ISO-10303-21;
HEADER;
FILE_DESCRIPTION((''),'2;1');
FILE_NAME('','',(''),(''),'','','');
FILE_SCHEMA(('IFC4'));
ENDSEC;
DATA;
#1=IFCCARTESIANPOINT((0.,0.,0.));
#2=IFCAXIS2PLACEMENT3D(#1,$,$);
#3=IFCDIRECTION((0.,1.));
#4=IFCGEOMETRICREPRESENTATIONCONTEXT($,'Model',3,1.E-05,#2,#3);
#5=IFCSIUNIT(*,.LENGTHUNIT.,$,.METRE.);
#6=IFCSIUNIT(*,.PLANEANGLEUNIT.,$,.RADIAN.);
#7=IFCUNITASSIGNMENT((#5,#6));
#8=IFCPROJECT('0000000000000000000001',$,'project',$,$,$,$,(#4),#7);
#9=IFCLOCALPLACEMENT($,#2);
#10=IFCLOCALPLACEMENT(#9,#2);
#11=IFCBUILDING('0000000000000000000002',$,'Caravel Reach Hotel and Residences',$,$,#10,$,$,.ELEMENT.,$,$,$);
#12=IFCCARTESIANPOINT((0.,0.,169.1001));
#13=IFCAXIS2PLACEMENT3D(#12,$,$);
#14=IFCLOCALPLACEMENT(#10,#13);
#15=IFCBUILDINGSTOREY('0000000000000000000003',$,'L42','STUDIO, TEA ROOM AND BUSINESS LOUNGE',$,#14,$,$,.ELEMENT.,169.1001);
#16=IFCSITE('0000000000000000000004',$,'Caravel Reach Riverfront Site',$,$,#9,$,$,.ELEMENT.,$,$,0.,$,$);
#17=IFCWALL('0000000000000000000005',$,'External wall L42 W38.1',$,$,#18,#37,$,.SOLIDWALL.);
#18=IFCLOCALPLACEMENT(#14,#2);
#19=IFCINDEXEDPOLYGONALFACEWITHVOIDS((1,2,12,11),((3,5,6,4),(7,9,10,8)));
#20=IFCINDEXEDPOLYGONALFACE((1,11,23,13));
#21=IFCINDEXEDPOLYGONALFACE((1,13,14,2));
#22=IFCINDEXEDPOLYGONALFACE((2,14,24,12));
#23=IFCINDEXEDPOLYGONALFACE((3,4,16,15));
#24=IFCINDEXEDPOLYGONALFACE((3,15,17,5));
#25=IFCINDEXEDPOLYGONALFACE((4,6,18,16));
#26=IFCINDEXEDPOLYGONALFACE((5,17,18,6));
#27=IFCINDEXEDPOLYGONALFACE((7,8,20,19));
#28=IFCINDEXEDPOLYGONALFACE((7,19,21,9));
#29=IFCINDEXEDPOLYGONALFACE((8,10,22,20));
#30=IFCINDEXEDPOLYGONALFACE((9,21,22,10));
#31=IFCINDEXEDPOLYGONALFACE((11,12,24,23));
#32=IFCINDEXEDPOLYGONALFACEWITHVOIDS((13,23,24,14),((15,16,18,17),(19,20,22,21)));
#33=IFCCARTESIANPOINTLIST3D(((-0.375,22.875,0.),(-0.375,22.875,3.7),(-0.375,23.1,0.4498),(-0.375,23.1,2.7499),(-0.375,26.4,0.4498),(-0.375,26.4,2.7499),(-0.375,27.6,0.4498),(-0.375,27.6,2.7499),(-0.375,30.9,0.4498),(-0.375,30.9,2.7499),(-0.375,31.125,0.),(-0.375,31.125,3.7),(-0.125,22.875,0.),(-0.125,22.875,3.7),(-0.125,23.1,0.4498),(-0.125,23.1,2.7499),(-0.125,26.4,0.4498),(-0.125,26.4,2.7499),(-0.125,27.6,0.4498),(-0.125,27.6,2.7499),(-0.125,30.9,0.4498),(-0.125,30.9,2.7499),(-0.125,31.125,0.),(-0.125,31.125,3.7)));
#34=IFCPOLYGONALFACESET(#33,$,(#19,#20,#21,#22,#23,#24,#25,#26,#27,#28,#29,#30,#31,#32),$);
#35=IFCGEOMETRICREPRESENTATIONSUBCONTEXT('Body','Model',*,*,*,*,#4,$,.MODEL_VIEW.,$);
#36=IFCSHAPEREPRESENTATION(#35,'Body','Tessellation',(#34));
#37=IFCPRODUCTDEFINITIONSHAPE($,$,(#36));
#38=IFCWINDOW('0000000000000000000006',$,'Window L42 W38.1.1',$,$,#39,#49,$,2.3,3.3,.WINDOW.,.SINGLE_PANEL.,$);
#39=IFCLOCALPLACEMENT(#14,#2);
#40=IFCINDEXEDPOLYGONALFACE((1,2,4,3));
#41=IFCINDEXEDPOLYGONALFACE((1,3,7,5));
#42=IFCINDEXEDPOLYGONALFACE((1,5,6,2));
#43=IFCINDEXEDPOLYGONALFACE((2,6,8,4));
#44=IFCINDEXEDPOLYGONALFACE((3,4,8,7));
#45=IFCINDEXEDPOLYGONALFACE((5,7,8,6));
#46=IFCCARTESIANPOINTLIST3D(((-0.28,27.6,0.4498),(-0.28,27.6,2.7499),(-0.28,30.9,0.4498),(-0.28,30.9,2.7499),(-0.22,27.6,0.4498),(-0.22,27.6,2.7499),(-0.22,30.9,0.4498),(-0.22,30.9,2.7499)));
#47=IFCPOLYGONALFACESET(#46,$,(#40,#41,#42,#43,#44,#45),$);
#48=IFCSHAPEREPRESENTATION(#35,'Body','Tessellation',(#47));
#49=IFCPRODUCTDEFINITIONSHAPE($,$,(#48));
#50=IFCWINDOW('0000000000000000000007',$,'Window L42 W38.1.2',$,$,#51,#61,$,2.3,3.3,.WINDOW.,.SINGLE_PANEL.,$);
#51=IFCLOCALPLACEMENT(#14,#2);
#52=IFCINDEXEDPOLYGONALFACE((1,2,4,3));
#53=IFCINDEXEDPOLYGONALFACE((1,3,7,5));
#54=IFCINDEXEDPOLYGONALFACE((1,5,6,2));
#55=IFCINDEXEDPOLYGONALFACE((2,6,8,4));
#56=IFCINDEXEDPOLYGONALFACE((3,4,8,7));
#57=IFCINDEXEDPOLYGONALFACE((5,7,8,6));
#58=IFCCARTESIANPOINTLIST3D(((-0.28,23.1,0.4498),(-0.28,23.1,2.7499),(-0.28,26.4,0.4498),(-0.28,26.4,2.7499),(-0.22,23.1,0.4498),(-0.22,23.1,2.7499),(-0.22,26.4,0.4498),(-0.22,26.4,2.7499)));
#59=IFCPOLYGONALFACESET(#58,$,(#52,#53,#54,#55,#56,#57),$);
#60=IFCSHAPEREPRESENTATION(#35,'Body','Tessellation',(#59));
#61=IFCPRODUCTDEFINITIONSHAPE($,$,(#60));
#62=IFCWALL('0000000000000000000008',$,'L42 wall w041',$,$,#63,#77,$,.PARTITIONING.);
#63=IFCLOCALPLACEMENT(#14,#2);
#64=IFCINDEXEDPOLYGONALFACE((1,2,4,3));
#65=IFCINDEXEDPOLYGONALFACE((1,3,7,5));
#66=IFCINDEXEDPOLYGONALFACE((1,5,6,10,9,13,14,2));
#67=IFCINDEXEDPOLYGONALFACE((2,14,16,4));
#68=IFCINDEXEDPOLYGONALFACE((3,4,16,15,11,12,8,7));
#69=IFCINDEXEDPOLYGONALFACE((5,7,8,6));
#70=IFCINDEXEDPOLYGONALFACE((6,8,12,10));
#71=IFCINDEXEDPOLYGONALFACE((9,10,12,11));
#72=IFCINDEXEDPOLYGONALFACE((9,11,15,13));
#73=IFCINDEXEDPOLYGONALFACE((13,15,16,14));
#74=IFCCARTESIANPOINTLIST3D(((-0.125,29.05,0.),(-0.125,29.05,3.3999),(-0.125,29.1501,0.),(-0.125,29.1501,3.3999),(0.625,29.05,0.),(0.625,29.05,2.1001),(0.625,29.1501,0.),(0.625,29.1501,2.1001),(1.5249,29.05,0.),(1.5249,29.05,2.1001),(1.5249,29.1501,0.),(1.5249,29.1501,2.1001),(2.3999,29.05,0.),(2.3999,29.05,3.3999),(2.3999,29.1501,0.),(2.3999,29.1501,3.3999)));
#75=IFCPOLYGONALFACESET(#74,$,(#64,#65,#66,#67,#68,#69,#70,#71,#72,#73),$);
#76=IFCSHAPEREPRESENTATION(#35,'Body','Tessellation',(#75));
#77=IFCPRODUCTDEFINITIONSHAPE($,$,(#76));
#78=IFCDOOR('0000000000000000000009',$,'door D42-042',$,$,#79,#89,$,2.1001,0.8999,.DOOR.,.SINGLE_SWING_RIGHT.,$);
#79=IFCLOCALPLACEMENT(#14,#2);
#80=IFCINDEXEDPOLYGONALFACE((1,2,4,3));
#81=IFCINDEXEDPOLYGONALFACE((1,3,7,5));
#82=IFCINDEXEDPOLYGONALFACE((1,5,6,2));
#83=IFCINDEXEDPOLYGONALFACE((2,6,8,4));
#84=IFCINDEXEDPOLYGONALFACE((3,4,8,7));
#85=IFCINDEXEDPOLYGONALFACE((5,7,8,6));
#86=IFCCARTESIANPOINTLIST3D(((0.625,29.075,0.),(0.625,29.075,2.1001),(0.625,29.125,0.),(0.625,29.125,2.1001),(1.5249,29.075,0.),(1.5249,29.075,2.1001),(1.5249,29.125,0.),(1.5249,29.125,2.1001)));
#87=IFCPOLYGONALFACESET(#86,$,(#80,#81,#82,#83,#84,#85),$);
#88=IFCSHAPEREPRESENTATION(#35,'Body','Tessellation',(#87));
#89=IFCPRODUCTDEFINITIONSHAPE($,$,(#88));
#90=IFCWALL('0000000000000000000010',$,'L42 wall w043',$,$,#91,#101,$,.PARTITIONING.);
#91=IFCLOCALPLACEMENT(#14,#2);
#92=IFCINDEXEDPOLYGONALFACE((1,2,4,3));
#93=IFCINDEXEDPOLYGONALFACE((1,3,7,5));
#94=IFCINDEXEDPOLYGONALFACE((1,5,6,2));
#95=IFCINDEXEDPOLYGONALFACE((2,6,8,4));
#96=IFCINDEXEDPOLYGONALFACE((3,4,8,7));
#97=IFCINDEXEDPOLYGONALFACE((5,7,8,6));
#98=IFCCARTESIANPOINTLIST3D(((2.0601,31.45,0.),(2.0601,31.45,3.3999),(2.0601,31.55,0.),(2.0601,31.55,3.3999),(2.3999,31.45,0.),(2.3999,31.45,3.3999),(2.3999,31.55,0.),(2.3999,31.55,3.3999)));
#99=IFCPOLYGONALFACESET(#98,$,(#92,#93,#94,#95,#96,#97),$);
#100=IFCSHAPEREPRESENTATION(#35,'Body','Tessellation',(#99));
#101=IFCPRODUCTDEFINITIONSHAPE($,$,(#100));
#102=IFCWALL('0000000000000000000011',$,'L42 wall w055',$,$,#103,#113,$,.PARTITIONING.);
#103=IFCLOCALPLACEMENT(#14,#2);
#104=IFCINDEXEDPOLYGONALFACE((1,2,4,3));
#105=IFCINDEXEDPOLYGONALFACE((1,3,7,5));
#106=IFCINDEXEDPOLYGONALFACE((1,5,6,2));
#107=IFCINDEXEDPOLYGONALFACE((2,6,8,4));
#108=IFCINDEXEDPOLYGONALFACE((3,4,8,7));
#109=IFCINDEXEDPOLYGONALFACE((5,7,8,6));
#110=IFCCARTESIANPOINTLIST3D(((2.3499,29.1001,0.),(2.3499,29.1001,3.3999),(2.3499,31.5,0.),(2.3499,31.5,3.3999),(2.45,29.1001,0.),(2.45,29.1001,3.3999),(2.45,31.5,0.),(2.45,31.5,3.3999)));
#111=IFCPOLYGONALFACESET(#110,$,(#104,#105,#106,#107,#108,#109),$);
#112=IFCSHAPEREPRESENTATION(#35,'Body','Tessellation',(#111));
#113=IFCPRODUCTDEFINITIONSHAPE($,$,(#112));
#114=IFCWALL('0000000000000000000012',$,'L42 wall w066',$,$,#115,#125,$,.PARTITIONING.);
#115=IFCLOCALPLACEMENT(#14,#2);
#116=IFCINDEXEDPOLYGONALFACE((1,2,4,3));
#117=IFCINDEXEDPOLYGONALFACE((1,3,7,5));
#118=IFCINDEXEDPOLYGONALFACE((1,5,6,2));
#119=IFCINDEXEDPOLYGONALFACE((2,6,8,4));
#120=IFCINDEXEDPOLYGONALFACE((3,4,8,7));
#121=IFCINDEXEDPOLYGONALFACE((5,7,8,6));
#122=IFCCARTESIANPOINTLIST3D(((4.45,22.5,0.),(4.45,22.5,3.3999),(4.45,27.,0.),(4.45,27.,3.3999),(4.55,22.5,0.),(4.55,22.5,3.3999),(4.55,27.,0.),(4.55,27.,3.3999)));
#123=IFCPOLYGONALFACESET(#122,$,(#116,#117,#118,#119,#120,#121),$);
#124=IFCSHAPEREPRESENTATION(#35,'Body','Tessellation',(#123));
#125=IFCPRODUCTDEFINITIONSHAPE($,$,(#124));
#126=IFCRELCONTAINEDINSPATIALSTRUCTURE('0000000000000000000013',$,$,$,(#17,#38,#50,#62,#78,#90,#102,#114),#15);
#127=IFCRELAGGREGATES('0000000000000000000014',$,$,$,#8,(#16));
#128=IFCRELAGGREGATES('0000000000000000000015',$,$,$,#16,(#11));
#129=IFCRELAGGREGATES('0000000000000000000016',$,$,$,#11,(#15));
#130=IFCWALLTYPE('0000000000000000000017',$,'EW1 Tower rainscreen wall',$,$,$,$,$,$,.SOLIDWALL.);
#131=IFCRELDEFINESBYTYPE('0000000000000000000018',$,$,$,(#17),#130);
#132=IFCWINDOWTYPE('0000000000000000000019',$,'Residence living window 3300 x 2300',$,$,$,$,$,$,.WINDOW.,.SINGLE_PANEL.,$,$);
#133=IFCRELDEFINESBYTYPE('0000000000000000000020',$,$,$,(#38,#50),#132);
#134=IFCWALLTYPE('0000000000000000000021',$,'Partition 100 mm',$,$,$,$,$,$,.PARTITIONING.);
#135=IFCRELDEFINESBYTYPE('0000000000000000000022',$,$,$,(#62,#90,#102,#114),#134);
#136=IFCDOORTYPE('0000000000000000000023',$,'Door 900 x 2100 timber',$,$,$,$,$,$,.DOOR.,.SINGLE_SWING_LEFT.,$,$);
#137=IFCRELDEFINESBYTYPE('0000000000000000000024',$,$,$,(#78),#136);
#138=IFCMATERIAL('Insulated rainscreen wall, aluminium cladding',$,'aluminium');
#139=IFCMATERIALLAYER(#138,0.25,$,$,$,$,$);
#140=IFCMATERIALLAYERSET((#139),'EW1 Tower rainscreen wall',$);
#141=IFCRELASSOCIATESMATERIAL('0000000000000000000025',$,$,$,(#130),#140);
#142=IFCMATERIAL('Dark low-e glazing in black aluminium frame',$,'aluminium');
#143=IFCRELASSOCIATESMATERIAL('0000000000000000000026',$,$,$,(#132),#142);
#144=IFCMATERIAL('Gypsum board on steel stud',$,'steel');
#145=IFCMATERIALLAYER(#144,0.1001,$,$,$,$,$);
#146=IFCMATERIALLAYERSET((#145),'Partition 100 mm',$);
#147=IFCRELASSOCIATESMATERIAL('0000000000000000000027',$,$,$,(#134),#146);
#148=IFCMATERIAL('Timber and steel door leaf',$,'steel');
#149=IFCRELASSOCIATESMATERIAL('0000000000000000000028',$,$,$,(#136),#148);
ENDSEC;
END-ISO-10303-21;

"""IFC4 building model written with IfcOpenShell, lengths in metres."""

from ifc_helpers import new_model, si_unit, direction, frame, frame_2d, origin, place, context, subcontext, project, spatial, rectangle, extrude, material, layer, layer_set, type_object, element, fill, save


model = new_model("IFC4")

# Units and contexts
model_context = context("Model", 3, precision=1e-05, world=origin(), true_north=direction((0.0, 1.0)))
body_context = subcontext(model_context, "Body", "Model", "MODEL_VIEW")
ifc_project = project(units=[si_unit("LENGTHUNIT", "METRE"), si_unit("PLANEANGLEUNIT", "RADIAN")], contexts=[model_context])

# Site, building, storey
site_placement = place(None, origin())
site = spatial("IfcSite", under=ifc_project, at=site_placement, Name="Caravel Reach Riverfront Site", CompositionType="ELEMENT", RefElevation=0.0)
building_placement = place(site_placement, origin())
building = spatial("IfcBuilding", under=site, at=building_placement, Name="Caravel Reach Hotel and Residences", CompositionType="ELEMENT")
storey_placement = place(building_placement, frame((0.0, 0.0, 169.1001)))
storey = spatial("IfcBuildingStorey", under=building, at=storey_placement, Name="L42", Description="STUDIO, TEA ROOM AND BUSINESS LOUNGE", CompositionType="ELEMENT", Elevation=169.1001)

# Shared definitions
ifc_material_1 = material(Name="Insulated rainscreen wall, aluminium cladding", Category="aluminium")
ifc_layer_1 = layer(ifc_material_1, 0.25)
ifc_layer_set_1 = layer_set([ifc_layer_1], Name="EW1 Tower rainscreen wall")
wall_type_1 = type_object("IfcWallType", Name="EW1 Tower rainscreen wall", PredefinedType="SOLIDWALL", material=ifc_layer_set_1)

# Wall, openings, windows
wall_1_placement = place(storey_placement, frame((-0.25, 31.125, 0.0), z_axis=(0.0, 0.0, 1.0), x_axis=(0.0, -1.0, 0.0)))
wall_1 = element("IfcWall", 1, at=wall_1_placement, inside=storey, type_object=wall_type_1, Name="External wall L42 W38.1", PredefinedType="SOLIDWALL", context=body_context, shape_type="SweptSolid", body=[
    extrude(rectangle(XDim=8.25, YDim=0.25, at=frame_2d((4.125, 0.0))), origin(), (0.0, 0.0, 1.0), 3.7),
])
opening_1_placement = place(wall_1_placement, frame((0.2251, 0.0, 0.45)))
opening_1 = element("IfcOpeningElement", 2, at=opening_1_placement, cuts=wall_1, PredefinedType="OPENING", context=body_context, shape_type="SweptSolid", body=[
    extrude(rectangle(XDim=3.3, YDim=2.3, at=frame_2d((1.6499, 1.1499))), frame((0.0, 0.135, 0.0), z_axis=(0.0, -1.0, 0.0), x_axis=(1.0, 0.0, 0.0)), (0.0, 0.0, 1.0), 0.27),
])
opening_2_placement = place(wall_1_placement, frame((4.7251, 0.0, 0.45)))
opening_2 = element("IfcOpeningElement", 3, at=opening_2_placement, cuts=wall_1, PredefinedType="OPENING", context=body_context, shape_type="SweptSolid", body=[
    extrude(rectangle(XDim=3.3, YDim=2.3, at=frame_2d((1.6499, 1.1499))), frame((0.0, 0.135, 0.0), z_axis=(0.0, -1.0, 0.0), x_axis=(1.0, 0.0, 0.0)), (0.0, 0.0, 1.0), 0.27),
])
ifc_material_2 = material(Name="Dark low-e glazing in black aluminium frame", Category="aluminium")
window_type_1 = type_object("IfcWindowType", Name="Residence living window 3300 x 2300", PartitioningType="SINGLE_PANEL", PredefinedType="WINDOW", material=ifc_material_2)
window_1_placement = place(opening_1_placement, origin())
window_1 = element("IfcWindow", 4, at=window_1_placement, inside=storey, type_object=window_type_1, Name="Window L42 W38.1.1", OverallHeight=2.3, OverallWidth=3.3, PartitioningType="SINGLE_PANEL", PredefinedType="WINDOW", context=body_context, shape_type="SweptSolid", body=[
    extrude(rectangle(XDim=3.3, YDim=2.3, at=frame_2d((1.6499, 1.1499))), frame((0.0, 0.03, 0.0), z_axis=(0.0, -1.0, 0.0), x_axis=(1.0, 0.0, 0.0)), (0.0, 0.0, 1.0), 0.0601),
])
fill(opening_1, window_1)
window_2_placement = place(opening_2_placement, origin())
window_2 = element("IfcWindow", 5, at=window_2_placement, inside=storey, type_object=window_type_1, Name="Window L42 W38.1.2", OverallHeight=2.3, OverallWidth=3.3, PartitioningType="SINGLE_PANEL", PredefinedType="WINDOW", context=body_context, shape_type="SweptSolid", body=[
    extrude(rectangle(XDim=3.3, YDim=2.3, at=frame_2d((1.6499, 1.1499))), frame((0.0, 0.03, 0.0), z_axis=(0.0, -1.0, 0.0), x_axis=(1.0, 0.0, 0.0)), (0.0, 0.0, 1.0), 0.0601),
])
fill(opening_2, window_2)

# Wall, opening, door
ifc_material_3 = material(Name="Gypsum board on steel stud", Category="steel")
ifc_layer_2 = layer(ifc_material_3, 0.1001)
ifc_layer_set_2 = layer_set([ifc_layer_2], Name="Partition 100 mm")
wall_type_2 = type_object("IfcWallType", Name="Partition 100 mm", PredefinedType="PARTITIONING", material=ifc_layer_set_2)
wall_2_placement = place(storey_placement, frame((-0.125, 29.1001, 0.0), z_axis=(0.0, 0.0, 1.0), x_axis=(1.0, 0.0, 0.0)))
wall_2 = element("IfcWall", 6, at=wall_2_placement, inside=storey, type_object=wall_type_2, Name="L42 wall w041", PredefinedType="PARTITIONING", context=body_context, shape_type="SweptSolid", body=[
    extrude(rectangle(XDim=2.5249, YDim=0.1001, at=frame_2d((1.2625, 0.0))), origin(), (0.0, 0.0, 1.0), 3.3999),
])
opening_3_placement = place(wall_2_placement, frame((0.75, 0.0, 0.0)))
opening_3 = element("IfcOpeningElement", 7, at=opening_3_placement, cuts=wall_2, PredefinedType="OPENING", context=body_context, shape_type="SweptSolid", body=[
    extrude(rectangle(XDim=0.8999, YDim=2.1001, at=frame_2d((0.45, 1.05))), frame((0.0, 0.0601, 0.0), z_axis=(0.0, -1.0, 0.0), x_axis=(1.0, 0.0, 0.0)), (0.0, 0.0, 1.0), 0.1201),
])
ifc_material_4 = material(Name="Timber and steel door leaf", Category="steel")
door_type_1 = type_object("IfcDoorType", Name="Door 900 x 2100 timber", OperationType="SINGLE_SWING_LEFT", PredefinedType="DOOR", material=ifc_material_4)
door_1_placement = place(opening_3_placement, origin())
door_1 = element("IfcDoor", 8, at=door_1_placement, inside=storey, type_object=door_type_1, Name="door D42-042", OperationType="SINGLE_SWING_RIGHT", OverallHeight=2.1001, OverallWidth=0.8999, PredefinedType="DOOR", context=body_context, shape_type="SweptSolid", body=[
    extrude(rectangle(XDim=0.8999, YDim=2.1001, at=frame_2d((0.45, 1.05))), frame((0.0, 0.0249, 0.0), z_axis=(0.0, -1.0, 0.0), x_axis=(1.0, 0.0, 0.0)), (0.0, 0.0, 1.0), 0.05),
])
fill(opening_3, door_1)

# Walls
wall_3_placement = place(storey_placement, frame((2.0601, 31.5, 0.0), z_axis=(0.0, 0.0, 1.0), x_axis=(1.0, 0.0, 0.0)))
element("IfcWall", 9, at=wall_3_placement, inside=storey, type_object=wall_type_2, Name="L42 wall w043", PredefinedType="PARTITIONING", context=body_context, shape_type="SweptSolid", body=[
    extrude(rectangle(XDim=0.3398, YDim=0.1001, at=frame_2d((0.1699, 0.0))), origin(), (0.0, 0.0, 1.0), 3.3999),
])
wall_4_placement = place(storey_placement, frame((2.3999, 29.1001, 0.0), z_axis=(0.0, 0.0, 1.0), x_axis=(0.0, 1.0, 0.0)))
element("IfcWall", 10, at=wall_4_placement, inside=storey, type_object=wall_type_2, Name="L42 wall w055", PredefinedType="PARTITIONING", context=body_context, shape_type="SweptSolid", body=[
    extrude(rectangle(XDim=2.3999, YDim=0.1001, at=frame_2d((1.2, 0.0))), origin(), (0.0, 0.0, 1.0), 3.3999),
])
wall_5_placement = place(storey_placement, frame((4.5, 22.5, 0.0), z_axis=(0.0, 0.0, 1.0), x_axis=(0.0, 1.0, 0.0)))
element("IfcWall", 11, at=wall_5_placement, inside=storey, type_object=wall_type_2, Name="L42 wall w066", PredefinedType="PARTITIONING", context=body_context, shape_type="SweptSolid", body=[
    extrude(rectangle(XDim=4.5, YDim=0.1001, at=frame_2d((2.25, 0.0))), origin(), (0.0, 0.0, 1.0), 3.3999),
])

save(model, "model.ifc")
